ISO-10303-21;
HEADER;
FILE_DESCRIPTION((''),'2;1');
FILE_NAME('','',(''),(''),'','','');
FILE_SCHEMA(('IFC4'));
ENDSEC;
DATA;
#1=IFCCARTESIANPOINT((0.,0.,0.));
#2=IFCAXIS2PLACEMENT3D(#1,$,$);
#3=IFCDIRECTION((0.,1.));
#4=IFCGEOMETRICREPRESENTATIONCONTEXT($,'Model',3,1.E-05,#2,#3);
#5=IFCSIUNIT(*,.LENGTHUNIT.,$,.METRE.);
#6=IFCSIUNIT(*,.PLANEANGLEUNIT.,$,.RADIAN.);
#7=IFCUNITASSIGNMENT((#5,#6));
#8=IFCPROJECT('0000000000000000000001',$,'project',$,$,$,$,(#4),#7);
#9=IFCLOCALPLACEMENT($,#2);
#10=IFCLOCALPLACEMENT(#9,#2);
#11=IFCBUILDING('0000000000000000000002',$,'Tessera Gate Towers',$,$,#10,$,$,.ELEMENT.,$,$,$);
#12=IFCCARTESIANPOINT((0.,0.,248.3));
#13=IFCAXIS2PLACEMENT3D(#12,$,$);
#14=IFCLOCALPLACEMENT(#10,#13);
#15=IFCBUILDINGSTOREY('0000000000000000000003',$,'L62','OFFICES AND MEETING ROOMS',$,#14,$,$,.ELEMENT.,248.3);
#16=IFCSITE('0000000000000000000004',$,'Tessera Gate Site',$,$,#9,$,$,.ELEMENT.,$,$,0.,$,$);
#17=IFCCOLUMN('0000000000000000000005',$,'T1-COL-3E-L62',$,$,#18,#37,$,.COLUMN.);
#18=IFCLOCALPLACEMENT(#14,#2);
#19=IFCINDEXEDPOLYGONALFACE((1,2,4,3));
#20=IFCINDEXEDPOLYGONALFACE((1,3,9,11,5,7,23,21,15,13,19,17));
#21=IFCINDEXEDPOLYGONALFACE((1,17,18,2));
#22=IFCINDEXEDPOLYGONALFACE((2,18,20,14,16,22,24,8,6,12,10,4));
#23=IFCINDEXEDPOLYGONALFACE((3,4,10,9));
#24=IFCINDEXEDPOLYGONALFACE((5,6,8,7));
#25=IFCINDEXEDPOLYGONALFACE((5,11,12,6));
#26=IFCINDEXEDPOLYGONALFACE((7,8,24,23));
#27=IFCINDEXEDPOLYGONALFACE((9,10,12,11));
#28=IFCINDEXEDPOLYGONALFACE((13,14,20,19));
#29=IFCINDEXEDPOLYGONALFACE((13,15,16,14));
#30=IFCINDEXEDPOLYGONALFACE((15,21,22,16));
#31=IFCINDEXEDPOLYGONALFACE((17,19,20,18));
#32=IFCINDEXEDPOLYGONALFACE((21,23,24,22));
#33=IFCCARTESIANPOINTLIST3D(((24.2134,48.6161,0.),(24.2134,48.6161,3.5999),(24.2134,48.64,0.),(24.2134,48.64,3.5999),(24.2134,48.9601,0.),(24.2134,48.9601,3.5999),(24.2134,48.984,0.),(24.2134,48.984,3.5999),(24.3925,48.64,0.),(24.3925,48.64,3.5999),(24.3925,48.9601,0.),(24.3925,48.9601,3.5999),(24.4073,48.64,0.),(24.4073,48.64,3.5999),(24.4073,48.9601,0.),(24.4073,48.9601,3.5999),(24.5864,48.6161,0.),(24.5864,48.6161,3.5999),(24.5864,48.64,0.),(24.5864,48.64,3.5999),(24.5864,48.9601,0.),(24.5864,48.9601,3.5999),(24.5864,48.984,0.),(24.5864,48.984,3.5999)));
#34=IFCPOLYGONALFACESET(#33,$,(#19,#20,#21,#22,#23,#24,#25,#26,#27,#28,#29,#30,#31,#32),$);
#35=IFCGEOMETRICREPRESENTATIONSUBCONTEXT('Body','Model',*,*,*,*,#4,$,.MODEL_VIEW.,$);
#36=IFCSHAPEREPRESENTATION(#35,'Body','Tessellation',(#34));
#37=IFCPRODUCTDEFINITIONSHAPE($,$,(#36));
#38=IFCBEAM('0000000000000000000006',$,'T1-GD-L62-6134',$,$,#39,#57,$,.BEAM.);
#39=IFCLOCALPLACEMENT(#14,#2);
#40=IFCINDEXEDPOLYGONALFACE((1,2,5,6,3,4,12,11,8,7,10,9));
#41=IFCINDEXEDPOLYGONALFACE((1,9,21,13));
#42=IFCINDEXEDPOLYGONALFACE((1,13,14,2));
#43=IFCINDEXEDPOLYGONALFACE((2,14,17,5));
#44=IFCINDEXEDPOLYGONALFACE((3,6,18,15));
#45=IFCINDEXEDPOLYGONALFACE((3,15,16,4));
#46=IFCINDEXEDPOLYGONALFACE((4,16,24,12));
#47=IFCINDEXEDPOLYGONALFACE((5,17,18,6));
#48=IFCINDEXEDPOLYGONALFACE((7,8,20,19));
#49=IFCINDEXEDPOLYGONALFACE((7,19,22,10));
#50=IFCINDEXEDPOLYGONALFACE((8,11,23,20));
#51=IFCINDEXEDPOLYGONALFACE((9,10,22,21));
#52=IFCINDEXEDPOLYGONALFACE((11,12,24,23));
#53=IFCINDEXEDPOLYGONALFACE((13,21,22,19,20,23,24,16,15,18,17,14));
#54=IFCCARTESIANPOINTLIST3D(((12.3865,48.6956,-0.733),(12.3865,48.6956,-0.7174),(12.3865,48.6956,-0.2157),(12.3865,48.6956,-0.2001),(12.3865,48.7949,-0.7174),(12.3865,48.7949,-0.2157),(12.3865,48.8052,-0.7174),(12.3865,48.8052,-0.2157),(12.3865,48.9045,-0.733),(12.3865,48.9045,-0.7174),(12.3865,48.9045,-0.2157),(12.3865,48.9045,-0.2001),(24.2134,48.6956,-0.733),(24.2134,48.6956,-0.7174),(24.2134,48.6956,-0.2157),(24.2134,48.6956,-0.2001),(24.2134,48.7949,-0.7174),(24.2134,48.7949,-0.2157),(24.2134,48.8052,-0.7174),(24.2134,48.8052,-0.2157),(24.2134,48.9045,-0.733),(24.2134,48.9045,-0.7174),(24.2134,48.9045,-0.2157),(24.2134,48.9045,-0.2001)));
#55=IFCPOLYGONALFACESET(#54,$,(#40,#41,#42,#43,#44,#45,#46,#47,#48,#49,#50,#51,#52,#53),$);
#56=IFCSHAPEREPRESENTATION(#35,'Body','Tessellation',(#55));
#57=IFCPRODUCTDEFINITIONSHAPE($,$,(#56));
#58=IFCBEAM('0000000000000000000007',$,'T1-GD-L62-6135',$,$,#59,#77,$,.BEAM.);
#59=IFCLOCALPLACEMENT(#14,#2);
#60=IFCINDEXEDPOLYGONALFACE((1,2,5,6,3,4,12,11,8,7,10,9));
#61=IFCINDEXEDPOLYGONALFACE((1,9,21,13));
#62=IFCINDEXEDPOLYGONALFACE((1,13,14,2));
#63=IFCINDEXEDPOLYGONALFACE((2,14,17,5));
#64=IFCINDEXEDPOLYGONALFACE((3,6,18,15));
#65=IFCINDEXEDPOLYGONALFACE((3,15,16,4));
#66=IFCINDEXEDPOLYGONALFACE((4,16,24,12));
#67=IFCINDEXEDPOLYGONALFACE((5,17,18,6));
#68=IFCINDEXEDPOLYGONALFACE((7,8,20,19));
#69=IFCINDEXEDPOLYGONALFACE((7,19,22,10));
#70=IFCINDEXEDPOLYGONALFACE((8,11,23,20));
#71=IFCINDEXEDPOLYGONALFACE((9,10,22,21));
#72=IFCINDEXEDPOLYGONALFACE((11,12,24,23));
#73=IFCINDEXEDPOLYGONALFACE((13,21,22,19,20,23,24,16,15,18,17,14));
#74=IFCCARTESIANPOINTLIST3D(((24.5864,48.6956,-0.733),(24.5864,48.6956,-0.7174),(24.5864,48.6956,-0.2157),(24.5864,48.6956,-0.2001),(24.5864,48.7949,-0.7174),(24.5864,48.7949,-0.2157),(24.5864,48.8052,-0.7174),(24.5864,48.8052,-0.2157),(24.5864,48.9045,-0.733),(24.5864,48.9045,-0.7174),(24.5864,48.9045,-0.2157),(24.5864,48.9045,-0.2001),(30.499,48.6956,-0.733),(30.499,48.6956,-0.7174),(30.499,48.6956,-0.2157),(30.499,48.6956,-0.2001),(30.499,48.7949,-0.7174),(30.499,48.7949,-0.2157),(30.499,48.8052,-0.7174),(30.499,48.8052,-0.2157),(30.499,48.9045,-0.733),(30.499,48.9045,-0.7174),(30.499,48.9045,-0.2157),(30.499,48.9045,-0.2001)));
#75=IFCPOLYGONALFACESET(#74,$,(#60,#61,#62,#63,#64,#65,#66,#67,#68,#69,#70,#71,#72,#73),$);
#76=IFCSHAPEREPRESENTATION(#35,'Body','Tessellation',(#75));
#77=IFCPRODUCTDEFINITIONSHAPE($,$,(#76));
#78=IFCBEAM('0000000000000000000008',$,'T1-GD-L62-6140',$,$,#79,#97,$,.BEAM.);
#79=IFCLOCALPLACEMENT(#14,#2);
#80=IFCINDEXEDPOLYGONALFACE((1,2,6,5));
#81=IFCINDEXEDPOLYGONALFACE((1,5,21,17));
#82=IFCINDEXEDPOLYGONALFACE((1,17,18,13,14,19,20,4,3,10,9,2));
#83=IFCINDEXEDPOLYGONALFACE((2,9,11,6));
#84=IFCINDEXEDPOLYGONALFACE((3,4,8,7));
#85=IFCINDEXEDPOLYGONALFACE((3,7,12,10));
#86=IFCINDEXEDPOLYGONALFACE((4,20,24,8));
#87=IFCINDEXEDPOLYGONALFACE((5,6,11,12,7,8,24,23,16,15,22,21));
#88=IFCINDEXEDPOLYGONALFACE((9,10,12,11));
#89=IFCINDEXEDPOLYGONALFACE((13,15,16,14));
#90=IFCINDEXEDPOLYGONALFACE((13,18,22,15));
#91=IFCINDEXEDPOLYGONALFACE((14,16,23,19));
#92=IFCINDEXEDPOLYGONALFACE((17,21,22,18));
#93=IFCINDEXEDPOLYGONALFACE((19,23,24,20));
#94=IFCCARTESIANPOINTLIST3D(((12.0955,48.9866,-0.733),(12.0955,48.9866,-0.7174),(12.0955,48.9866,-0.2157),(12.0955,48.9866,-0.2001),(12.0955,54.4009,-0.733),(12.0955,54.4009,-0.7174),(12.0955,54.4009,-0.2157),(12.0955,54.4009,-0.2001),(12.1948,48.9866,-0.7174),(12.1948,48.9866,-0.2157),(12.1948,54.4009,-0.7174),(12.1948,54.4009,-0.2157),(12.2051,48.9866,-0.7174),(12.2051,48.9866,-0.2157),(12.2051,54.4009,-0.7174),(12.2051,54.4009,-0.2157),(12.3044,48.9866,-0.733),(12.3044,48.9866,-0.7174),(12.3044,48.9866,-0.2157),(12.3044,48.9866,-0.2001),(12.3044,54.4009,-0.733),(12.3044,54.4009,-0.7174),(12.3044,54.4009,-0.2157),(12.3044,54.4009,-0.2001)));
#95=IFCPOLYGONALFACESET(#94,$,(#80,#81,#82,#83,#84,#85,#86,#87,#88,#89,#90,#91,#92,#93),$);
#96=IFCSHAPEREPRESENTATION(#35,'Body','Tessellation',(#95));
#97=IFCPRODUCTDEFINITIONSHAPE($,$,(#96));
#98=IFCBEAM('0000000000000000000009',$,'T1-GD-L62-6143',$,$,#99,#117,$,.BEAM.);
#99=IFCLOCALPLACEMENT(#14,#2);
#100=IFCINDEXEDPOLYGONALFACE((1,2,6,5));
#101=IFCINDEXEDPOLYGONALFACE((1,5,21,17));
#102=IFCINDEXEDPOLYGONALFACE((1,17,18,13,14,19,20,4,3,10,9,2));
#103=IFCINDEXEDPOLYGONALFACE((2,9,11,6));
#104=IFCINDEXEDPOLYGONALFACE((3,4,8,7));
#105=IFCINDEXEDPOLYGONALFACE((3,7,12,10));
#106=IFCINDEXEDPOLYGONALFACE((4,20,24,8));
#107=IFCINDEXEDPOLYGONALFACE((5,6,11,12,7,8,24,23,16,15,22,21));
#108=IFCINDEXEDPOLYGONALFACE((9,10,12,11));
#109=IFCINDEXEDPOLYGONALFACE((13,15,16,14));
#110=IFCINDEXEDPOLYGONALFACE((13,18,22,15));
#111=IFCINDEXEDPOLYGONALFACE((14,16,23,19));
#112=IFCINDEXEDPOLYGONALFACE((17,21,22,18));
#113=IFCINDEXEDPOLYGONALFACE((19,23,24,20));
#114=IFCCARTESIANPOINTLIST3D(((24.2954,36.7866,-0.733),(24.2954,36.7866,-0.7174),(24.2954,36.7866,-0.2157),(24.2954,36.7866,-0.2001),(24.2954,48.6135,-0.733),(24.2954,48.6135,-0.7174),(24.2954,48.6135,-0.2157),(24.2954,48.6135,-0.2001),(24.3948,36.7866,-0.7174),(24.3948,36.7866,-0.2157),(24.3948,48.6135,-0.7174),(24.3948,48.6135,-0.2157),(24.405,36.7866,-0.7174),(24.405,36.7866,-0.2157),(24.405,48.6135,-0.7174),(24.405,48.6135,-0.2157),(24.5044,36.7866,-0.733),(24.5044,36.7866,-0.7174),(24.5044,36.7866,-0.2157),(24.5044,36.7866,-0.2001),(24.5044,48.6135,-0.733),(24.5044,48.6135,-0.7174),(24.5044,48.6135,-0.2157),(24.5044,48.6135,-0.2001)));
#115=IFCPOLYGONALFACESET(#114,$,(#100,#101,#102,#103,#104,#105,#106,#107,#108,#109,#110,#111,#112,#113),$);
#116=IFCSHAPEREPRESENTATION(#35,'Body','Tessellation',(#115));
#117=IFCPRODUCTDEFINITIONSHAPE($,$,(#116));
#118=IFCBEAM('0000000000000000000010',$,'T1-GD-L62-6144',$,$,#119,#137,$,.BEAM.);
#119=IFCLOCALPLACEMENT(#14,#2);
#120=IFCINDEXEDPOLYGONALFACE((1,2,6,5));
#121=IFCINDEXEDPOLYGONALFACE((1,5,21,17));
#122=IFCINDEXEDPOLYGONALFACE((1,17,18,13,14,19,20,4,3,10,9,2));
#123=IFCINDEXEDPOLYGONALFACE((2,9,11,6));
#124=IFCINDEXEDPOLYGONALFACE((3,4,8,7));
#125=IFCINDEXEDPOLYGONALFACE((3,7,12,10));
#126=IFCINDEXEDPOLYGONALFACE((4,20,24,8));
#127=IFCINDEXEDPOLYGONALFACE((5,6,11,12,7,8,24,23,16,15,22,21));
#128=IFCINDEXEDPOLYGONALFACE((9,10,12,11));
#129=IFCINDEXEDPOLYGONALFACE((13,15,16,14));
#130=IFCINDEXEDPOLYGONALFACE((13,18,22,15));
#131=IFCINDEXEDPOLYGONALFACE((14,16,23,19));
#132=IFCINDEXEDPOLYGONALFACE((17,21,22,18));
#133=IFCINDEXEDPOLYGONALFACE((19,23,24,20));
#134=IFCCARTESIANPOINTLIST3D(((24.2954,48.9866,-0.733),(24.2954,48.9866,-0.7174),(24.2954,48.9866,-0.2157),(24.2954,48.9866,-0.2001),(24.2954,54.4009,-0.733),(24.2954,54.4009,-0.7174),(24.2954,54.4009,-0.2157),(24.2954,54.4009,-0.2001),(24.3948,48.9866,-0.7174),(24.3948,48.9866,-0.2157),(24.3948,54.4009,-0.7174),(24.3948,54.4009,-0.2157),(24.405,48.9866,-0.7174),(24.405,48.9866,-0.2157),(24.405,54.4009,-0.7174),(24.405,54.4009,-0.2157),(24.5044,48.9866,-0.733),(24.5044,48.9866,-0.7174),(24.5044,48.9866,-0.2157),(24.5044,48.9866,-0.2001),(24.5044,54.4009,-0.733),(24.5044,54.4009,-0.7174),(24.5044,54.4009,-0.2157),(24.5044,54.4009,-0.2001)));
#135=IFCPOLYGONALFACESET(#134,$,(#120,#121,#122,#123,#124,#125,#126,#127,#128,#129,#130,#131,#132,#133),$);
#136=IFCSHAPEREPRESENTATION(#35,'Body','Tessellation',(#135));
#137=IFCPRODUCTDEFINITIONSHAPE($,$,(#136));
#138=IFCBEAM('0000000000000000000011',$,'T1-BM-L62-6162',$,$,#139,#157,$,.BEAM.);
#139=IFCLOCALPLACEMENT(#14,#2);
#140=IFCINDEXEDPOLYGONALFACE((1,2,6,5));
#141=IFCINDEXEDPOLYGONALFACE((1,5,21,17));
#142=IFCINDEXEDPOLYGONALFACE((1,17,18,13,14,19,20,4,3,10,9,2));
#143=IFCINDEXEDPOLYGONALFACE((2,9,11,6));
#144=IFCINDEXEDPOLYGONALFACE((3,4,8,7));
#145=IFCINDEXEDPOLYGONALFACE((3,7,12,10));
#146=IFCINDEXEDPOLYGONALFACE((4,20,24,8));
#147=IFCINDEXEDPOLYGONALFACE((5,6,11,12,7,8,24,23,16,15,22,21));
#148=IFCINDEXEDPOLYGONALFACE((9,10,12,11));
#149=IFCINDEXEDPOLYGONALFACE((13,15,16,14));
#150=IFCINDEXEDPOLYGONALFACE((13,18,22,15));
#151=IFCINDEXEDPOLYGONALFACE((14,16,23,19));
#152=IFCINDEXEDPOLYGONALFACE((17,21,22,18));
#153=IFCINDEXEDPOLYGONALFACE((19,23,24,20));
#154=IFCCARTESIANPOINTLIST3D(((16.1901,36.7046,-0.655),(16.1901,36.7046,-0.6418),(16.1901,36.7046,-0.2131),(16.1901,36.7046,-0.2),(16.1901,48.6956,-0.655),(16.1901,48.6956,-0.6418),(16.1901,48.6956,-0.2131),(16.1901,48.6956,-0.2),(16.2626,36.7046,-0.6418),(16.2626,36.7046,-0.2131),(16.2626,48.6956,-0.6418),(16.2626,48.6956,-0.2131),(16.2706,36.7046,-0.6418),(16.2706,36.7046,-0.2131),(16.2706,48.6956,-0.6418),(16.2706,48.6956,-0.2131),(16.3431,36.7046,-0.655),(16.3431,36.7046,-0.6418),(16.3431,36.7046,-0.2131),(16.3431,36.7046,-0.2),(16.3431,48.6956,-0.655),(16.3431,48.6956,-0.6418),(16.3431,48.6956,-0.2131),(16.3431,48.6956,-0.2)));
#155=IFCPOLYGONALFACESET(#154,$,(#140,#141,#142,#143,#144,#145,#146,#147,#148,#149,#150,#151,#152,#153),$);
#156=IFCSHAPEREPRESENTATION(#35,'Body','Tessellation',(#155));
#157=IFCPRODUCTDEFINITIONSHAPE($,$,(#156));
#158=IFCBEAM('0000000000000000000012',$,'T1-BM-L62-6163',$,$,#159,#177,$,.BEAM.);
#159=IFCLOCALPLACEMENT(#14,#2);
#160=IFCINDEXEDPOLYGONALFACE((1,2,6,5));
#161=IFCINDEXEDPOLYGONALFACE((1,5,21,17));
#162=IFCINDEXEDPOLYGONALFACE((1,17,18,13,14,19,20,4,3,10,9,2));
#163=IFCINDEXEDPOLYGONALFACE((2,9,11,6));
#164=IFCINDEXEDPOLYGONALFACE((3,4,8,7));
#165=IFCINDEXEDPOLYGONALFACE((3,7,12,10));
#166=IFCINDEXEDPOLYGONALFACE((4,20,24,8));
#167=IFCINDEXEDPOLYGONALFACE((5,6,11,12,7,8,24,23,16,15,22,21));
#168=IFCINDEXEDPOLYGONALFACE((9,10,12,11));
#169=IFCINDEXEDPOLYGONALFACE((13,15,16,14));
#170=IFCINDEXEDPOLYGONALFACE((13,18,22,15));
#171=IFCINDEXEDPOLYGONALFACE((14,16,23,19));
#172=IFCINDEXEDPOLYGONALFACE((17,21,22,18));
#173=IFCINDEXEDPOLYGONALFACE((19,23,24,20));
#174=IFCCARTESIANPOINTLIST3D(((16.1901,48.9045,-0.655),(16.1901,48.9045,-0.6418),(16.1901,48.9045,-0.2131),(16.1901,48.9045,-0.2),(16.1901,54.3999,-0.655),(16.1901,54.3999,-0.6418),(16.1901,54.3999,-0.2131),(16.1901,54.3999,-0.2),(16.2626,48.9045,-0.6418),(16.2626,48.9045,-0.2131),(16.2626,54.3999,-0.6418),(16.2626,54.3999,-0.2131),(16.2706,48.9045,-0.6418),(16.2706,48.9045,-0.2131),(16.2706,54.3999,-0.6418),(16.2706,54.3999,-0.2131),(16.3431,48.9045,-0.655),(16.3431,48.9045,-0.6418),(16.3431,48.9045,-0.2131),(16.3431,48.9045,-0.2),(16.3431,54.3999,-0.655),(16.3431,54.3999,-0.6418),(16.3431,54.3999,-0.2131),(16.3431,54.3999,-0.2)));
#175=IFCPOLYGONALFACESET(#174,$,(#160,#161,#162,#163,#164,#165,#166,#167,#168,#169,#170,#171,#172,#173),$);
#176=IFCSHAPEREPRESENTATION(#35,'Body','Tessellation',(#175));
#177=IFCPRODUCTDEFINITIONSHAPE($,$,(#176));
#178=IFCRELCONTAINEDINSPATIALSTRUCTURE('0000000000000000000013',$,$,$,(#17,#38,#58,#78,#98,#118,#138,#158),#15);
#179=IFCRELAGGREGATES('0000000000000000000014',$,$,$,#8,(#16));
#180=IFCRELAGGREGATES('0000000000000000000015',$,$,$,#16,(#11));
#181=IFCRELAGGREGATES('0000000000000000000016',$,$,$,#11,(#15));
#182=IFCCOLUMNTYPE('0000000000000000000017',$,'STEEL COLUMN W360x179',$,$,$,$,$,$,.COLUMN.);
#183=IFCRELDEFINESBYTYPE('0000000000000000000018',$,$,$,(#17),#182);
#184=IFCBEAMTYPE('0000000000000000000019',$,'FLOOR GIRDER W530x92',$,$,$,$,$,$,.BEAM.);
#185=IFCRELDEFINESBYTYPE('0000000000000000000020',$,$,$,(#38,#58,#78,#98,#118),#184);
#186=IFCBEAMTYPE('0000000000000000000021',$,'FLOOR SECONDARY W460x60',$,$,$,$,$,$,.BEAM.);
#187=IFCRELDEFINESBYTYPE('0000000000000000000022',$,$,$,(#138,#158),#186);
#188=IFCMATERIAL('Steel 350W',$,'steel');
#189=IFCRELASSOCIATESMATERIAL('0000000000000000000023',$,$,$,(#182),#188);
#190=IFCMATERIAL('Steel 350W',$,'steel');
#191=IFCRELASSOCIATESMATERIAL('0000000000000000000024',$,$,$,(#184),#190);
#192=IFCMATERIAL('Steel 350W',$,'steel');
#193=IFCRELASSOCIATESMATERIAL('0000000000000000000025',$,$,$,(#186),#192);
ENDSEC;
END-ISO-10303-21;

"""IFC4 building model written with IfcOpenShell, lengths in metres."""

from ifc_helpers import new_model, si_unit, direction, frame, origin, origin_2d, place, context, subcontext, project, spatial, i_section, extrude, material, material_profile, profile_set, type_object, element, save


model = new_model("IFC4")

# Units and contexts
model_context = context("Model", 3, precision=1e-05, world=origin(), true_north=direction((0.0, 1.0)))
body_context = subcontext(model_context, "Body", "Model", "MODEL_VIEW")
ifc_project = project(units=[si_unit("LENGTHUNIT", "METRE"), si_unit("PLANEANGLEUNIT", "RADIAN")], contexts=[model_context])

# Site, building, storey
site_placement = place(None, origin())
site = spatial("IfcSite", under=ifc_project, at=site_placement, Name="Tessera Gate Site", CompositionType="ELEMENT", RefElevation=0.0)
building_placement = place(site_placement, origin())
building = spatial("IfcBuilding", under=site, at=building_placement, Name="Tessera Gate Towers", CompositionType="ELEMENT")
storey_placement = place(building_placement, frame((0.0, 0.0, 248.3)))
storey = spatial("IfcBuildingStorey", under=building, at=storey_placement, Name="L62", Description="OFFICES AND MEETING ROOMS", CompositionType="ELEMENT", Elevation=248.3)

# Column
ifc_material_1 = material(Name="Steel 350W", Category="steel")
ifc_material_profile_1 = material_profile(ifc_material_1, i_section(OverallWidth=0.373, OverallDepth=0.3679, WebThickness=0.0149, FlangeThickness=0.0239, at=origin_2d()), Name="W360x179")
ifc_profile_set_1 = profile_set([ifc_material_profile_1], Name="Steel 350W")
column_type = type_object("IfcColumnType", Name="STEEL COLUMN W360x179", PredefinedType="COLUMN", material=ifc_profile_set_1)
column_placement = place(storey_placement, frame((24.3999, 48.8, 0.0), z_axis=(0.0, 0.0, 1.0), x_axis=(1.0, 0.0, 0.0)))
element("IfcColumn", 1, at=column_placement, inside=storey, type_object=column_type, Name="T1-COL-3E-L62", PredefinedType="COLUMN", context=body_context, shape_type="SweptSolid", body=[
    extrude(i_section(OverallWidth=0.373, OverallDepth=0.3679, WebThickness=0.0149, FlangeThickness=0.0239, at=origin_2d()), origin(), (0.0, 0.0, 1.0), 3.5999),
])

# Beams
ifc_material_2 = material(Name="Steel 350W", Category="steel")
ifc_material_profile_2 = material_profile(ifc_material_2, i_section(OverallWidth=0.209, OverallDepth=0.533, WebThickness=0.0103, FlangeThickness=0.0156, at=origin_2d()), Name="W530x92")
ifc_profile_set_2 = profile_set([ifc_material_profile_2], Name="Steel 350W")
beam_type_1 = type_object("IfcBeamType", Name="FLOOR GIRDER W530x92", PredefinedType="BEAM", material=ifc_profile_set_2)
beam_1_placement = place(storey_placement, frame((12.3865, 48.8, -0.4666), z_axis=(1.0, 0.0, 0.0), x_axis=(0.0, 1.0, 0.0)))
element("IfcBeam", 2, at=beam_1_placement, inside=storey, type_object=beam_type_1, Name="T1-GD-L62-6134", PredefinedType="BEAM", context=body_context, shape_type="SweptSolid", body=[
    extrude(i_section(OverallWidth=0.209, OverallDepth=0.533, WebThickness=0.0103, FlangeThickness=0.0156, at=origin_2d()), origin(), (0.0, 0.0, 1.0), 11.8269),
])
beam_2_placement = place(storey_placement, frame((24.5864, 48.8, -0.4666), z_axis=(1.0, 0.0, 0.0), x_axis=(0.0, 1.0, 0.0)))
element("IfcBeam", 3, at=beam_2_placement, inside=storey, type_object=beam_type_1, Name="T1-GD-L62-6135", PredefinedType="BEAM", context=body_context, shape_type="SweptSolid", body=[
    extrude(i_section(OverallWidth=0.209, OverallDepth=0.533, WebThickness=0.0103, FlangeThickness=0.0156, at=origin_2d()), origin(), (0.0, 0.0, 1.0), 5.9126),
])
beam_3_placement = place(storey_placement, frame((12.2, 48.9866, -0.4666), z_axis=(0.0, 1.0, 0.0), x_axis=(-1.0, 0.0, 0.0)))
element("IfcBeam", 4, at=beam_3_placement, inside=storey, type_object=beam_type_1, Name="T1-GD-L62-6140", PredefinedType="BEAM", context=body_context, shape_type="SweptSolid", body=[
    extrude(i_section(OverallWidth=0.209, OverallDepth=0.533, WebThickness=0.0103, FlangeThickness=0.0156, at=origin_2d()), origin(), (0.0, 0.0, 1.0), 5.4143),
])
beam_4_placement = place(storey_placement, frame((24.3999, 36.7866, -0.4666), z_axis=(0.0, 1.0, 0.0), x_axis=(-1.0, 0.0, 0.0)))
element("IfcBeam", 5, at=beam_4_placement, inside=storey, type_object=beam_type_1, Name="T1-GD-L62-6143", PredefinedType="BEAM", context=body_context, shape_type="SweptSolid", body=[
    extrude(i_section(OverallWidth=0.209, OverallDepth=0.533, WebThickness=0.0103, FlangeThickness=0.0156, at=origin_2d()), origin(), (0.0, 0.0, 1.0), 11.8269),
])
beam_5_placement = place(storey_placement, frame((24.3999, 48.9866, -0.4666), z_axis=(0.0, 1.0, 0.0), x_axis=(-1.0, 0.0, 0.0)))
element("IfcBeam", 6, at=beam_5_placement, inside=storey, type_object=beam_type_1, Name="T1-GD-L62-6144", PredefinedType="BEAM", context=body_context, shape_type="SweptSolid", body=[
    extrude(i_section(OverallWidth=0.209, OverallDepth=0.533, WebThickness=0.0103, FlangeThickness=0.0156, at=origin_2d()), origin(), (0.0, 0.0, 1.0), 5.4143),
])
ifc_material_3 = material(Name="Steel 350W", Category="steel")
ifc_material_profile_3 = material_profile(ifc_material_3, i_section(OverallWidth=0.1531, OverallDepth=0.4551, WebThickness=0.0081, FlangeThickness=0.0132, at=origin_2d()), Name="W460x60")
ifc_profile_set_3 = profile_set([ifc_material_profile_3], Name="Steel 350W")
beam_type_2 = type_object("IfcBeamType", Name="FLOOR SECONDARY W460x60", PredefinedType="BEAM", material=ifc_profile_set_3)
beam_6_placement = place(storey_placement, frame((16.2666, 36.7046, -0.4275), z_axis=(0.0, 1.0, 0.0), x_axis=(-1.0, 0.0, 0.0)))
element("IfcBeam", 7, at=beam_6_placement, inside=storey, type_object=beam_type_2, Name="T1-BM-L62-6162", PredefinedType="BEAM", context=body_context, shape_type="SweptSolid", body=[
    extrude(i_section(OverallWidth=0.1531, OverallDepth=0.4551, WebThickness=0.0081, FlangeThickness=0.0132, at=origin_2d()), origin(), (0.0, 0.0, 1.0), 11.991),
])
beam_7_placement = place(storey_placement, frame((16.2666, 48.9045, -0.4275), z_axis=(0.0, 1.0, 0.0), x_axis=(-1.0, 0.0, 0.0)))
element("IfcBeam", 8, at=beam_7_placement, inside=storey, type_object=beam_type_2, Name="T1-BM-L62-6163", PredefinedType="BEAM", context=body_context, shape_type="SweptSolid", body=[
    extrude(i_section(OverallWidth=0.1531, OverallDepth=0.4551, WebThickness=0.0081, FlangeThickness=0.0132, at=origin_2d()), origin(), (0.0, 0.0, 1.0), 5.4954),
])

save(model, "model.ifc")
